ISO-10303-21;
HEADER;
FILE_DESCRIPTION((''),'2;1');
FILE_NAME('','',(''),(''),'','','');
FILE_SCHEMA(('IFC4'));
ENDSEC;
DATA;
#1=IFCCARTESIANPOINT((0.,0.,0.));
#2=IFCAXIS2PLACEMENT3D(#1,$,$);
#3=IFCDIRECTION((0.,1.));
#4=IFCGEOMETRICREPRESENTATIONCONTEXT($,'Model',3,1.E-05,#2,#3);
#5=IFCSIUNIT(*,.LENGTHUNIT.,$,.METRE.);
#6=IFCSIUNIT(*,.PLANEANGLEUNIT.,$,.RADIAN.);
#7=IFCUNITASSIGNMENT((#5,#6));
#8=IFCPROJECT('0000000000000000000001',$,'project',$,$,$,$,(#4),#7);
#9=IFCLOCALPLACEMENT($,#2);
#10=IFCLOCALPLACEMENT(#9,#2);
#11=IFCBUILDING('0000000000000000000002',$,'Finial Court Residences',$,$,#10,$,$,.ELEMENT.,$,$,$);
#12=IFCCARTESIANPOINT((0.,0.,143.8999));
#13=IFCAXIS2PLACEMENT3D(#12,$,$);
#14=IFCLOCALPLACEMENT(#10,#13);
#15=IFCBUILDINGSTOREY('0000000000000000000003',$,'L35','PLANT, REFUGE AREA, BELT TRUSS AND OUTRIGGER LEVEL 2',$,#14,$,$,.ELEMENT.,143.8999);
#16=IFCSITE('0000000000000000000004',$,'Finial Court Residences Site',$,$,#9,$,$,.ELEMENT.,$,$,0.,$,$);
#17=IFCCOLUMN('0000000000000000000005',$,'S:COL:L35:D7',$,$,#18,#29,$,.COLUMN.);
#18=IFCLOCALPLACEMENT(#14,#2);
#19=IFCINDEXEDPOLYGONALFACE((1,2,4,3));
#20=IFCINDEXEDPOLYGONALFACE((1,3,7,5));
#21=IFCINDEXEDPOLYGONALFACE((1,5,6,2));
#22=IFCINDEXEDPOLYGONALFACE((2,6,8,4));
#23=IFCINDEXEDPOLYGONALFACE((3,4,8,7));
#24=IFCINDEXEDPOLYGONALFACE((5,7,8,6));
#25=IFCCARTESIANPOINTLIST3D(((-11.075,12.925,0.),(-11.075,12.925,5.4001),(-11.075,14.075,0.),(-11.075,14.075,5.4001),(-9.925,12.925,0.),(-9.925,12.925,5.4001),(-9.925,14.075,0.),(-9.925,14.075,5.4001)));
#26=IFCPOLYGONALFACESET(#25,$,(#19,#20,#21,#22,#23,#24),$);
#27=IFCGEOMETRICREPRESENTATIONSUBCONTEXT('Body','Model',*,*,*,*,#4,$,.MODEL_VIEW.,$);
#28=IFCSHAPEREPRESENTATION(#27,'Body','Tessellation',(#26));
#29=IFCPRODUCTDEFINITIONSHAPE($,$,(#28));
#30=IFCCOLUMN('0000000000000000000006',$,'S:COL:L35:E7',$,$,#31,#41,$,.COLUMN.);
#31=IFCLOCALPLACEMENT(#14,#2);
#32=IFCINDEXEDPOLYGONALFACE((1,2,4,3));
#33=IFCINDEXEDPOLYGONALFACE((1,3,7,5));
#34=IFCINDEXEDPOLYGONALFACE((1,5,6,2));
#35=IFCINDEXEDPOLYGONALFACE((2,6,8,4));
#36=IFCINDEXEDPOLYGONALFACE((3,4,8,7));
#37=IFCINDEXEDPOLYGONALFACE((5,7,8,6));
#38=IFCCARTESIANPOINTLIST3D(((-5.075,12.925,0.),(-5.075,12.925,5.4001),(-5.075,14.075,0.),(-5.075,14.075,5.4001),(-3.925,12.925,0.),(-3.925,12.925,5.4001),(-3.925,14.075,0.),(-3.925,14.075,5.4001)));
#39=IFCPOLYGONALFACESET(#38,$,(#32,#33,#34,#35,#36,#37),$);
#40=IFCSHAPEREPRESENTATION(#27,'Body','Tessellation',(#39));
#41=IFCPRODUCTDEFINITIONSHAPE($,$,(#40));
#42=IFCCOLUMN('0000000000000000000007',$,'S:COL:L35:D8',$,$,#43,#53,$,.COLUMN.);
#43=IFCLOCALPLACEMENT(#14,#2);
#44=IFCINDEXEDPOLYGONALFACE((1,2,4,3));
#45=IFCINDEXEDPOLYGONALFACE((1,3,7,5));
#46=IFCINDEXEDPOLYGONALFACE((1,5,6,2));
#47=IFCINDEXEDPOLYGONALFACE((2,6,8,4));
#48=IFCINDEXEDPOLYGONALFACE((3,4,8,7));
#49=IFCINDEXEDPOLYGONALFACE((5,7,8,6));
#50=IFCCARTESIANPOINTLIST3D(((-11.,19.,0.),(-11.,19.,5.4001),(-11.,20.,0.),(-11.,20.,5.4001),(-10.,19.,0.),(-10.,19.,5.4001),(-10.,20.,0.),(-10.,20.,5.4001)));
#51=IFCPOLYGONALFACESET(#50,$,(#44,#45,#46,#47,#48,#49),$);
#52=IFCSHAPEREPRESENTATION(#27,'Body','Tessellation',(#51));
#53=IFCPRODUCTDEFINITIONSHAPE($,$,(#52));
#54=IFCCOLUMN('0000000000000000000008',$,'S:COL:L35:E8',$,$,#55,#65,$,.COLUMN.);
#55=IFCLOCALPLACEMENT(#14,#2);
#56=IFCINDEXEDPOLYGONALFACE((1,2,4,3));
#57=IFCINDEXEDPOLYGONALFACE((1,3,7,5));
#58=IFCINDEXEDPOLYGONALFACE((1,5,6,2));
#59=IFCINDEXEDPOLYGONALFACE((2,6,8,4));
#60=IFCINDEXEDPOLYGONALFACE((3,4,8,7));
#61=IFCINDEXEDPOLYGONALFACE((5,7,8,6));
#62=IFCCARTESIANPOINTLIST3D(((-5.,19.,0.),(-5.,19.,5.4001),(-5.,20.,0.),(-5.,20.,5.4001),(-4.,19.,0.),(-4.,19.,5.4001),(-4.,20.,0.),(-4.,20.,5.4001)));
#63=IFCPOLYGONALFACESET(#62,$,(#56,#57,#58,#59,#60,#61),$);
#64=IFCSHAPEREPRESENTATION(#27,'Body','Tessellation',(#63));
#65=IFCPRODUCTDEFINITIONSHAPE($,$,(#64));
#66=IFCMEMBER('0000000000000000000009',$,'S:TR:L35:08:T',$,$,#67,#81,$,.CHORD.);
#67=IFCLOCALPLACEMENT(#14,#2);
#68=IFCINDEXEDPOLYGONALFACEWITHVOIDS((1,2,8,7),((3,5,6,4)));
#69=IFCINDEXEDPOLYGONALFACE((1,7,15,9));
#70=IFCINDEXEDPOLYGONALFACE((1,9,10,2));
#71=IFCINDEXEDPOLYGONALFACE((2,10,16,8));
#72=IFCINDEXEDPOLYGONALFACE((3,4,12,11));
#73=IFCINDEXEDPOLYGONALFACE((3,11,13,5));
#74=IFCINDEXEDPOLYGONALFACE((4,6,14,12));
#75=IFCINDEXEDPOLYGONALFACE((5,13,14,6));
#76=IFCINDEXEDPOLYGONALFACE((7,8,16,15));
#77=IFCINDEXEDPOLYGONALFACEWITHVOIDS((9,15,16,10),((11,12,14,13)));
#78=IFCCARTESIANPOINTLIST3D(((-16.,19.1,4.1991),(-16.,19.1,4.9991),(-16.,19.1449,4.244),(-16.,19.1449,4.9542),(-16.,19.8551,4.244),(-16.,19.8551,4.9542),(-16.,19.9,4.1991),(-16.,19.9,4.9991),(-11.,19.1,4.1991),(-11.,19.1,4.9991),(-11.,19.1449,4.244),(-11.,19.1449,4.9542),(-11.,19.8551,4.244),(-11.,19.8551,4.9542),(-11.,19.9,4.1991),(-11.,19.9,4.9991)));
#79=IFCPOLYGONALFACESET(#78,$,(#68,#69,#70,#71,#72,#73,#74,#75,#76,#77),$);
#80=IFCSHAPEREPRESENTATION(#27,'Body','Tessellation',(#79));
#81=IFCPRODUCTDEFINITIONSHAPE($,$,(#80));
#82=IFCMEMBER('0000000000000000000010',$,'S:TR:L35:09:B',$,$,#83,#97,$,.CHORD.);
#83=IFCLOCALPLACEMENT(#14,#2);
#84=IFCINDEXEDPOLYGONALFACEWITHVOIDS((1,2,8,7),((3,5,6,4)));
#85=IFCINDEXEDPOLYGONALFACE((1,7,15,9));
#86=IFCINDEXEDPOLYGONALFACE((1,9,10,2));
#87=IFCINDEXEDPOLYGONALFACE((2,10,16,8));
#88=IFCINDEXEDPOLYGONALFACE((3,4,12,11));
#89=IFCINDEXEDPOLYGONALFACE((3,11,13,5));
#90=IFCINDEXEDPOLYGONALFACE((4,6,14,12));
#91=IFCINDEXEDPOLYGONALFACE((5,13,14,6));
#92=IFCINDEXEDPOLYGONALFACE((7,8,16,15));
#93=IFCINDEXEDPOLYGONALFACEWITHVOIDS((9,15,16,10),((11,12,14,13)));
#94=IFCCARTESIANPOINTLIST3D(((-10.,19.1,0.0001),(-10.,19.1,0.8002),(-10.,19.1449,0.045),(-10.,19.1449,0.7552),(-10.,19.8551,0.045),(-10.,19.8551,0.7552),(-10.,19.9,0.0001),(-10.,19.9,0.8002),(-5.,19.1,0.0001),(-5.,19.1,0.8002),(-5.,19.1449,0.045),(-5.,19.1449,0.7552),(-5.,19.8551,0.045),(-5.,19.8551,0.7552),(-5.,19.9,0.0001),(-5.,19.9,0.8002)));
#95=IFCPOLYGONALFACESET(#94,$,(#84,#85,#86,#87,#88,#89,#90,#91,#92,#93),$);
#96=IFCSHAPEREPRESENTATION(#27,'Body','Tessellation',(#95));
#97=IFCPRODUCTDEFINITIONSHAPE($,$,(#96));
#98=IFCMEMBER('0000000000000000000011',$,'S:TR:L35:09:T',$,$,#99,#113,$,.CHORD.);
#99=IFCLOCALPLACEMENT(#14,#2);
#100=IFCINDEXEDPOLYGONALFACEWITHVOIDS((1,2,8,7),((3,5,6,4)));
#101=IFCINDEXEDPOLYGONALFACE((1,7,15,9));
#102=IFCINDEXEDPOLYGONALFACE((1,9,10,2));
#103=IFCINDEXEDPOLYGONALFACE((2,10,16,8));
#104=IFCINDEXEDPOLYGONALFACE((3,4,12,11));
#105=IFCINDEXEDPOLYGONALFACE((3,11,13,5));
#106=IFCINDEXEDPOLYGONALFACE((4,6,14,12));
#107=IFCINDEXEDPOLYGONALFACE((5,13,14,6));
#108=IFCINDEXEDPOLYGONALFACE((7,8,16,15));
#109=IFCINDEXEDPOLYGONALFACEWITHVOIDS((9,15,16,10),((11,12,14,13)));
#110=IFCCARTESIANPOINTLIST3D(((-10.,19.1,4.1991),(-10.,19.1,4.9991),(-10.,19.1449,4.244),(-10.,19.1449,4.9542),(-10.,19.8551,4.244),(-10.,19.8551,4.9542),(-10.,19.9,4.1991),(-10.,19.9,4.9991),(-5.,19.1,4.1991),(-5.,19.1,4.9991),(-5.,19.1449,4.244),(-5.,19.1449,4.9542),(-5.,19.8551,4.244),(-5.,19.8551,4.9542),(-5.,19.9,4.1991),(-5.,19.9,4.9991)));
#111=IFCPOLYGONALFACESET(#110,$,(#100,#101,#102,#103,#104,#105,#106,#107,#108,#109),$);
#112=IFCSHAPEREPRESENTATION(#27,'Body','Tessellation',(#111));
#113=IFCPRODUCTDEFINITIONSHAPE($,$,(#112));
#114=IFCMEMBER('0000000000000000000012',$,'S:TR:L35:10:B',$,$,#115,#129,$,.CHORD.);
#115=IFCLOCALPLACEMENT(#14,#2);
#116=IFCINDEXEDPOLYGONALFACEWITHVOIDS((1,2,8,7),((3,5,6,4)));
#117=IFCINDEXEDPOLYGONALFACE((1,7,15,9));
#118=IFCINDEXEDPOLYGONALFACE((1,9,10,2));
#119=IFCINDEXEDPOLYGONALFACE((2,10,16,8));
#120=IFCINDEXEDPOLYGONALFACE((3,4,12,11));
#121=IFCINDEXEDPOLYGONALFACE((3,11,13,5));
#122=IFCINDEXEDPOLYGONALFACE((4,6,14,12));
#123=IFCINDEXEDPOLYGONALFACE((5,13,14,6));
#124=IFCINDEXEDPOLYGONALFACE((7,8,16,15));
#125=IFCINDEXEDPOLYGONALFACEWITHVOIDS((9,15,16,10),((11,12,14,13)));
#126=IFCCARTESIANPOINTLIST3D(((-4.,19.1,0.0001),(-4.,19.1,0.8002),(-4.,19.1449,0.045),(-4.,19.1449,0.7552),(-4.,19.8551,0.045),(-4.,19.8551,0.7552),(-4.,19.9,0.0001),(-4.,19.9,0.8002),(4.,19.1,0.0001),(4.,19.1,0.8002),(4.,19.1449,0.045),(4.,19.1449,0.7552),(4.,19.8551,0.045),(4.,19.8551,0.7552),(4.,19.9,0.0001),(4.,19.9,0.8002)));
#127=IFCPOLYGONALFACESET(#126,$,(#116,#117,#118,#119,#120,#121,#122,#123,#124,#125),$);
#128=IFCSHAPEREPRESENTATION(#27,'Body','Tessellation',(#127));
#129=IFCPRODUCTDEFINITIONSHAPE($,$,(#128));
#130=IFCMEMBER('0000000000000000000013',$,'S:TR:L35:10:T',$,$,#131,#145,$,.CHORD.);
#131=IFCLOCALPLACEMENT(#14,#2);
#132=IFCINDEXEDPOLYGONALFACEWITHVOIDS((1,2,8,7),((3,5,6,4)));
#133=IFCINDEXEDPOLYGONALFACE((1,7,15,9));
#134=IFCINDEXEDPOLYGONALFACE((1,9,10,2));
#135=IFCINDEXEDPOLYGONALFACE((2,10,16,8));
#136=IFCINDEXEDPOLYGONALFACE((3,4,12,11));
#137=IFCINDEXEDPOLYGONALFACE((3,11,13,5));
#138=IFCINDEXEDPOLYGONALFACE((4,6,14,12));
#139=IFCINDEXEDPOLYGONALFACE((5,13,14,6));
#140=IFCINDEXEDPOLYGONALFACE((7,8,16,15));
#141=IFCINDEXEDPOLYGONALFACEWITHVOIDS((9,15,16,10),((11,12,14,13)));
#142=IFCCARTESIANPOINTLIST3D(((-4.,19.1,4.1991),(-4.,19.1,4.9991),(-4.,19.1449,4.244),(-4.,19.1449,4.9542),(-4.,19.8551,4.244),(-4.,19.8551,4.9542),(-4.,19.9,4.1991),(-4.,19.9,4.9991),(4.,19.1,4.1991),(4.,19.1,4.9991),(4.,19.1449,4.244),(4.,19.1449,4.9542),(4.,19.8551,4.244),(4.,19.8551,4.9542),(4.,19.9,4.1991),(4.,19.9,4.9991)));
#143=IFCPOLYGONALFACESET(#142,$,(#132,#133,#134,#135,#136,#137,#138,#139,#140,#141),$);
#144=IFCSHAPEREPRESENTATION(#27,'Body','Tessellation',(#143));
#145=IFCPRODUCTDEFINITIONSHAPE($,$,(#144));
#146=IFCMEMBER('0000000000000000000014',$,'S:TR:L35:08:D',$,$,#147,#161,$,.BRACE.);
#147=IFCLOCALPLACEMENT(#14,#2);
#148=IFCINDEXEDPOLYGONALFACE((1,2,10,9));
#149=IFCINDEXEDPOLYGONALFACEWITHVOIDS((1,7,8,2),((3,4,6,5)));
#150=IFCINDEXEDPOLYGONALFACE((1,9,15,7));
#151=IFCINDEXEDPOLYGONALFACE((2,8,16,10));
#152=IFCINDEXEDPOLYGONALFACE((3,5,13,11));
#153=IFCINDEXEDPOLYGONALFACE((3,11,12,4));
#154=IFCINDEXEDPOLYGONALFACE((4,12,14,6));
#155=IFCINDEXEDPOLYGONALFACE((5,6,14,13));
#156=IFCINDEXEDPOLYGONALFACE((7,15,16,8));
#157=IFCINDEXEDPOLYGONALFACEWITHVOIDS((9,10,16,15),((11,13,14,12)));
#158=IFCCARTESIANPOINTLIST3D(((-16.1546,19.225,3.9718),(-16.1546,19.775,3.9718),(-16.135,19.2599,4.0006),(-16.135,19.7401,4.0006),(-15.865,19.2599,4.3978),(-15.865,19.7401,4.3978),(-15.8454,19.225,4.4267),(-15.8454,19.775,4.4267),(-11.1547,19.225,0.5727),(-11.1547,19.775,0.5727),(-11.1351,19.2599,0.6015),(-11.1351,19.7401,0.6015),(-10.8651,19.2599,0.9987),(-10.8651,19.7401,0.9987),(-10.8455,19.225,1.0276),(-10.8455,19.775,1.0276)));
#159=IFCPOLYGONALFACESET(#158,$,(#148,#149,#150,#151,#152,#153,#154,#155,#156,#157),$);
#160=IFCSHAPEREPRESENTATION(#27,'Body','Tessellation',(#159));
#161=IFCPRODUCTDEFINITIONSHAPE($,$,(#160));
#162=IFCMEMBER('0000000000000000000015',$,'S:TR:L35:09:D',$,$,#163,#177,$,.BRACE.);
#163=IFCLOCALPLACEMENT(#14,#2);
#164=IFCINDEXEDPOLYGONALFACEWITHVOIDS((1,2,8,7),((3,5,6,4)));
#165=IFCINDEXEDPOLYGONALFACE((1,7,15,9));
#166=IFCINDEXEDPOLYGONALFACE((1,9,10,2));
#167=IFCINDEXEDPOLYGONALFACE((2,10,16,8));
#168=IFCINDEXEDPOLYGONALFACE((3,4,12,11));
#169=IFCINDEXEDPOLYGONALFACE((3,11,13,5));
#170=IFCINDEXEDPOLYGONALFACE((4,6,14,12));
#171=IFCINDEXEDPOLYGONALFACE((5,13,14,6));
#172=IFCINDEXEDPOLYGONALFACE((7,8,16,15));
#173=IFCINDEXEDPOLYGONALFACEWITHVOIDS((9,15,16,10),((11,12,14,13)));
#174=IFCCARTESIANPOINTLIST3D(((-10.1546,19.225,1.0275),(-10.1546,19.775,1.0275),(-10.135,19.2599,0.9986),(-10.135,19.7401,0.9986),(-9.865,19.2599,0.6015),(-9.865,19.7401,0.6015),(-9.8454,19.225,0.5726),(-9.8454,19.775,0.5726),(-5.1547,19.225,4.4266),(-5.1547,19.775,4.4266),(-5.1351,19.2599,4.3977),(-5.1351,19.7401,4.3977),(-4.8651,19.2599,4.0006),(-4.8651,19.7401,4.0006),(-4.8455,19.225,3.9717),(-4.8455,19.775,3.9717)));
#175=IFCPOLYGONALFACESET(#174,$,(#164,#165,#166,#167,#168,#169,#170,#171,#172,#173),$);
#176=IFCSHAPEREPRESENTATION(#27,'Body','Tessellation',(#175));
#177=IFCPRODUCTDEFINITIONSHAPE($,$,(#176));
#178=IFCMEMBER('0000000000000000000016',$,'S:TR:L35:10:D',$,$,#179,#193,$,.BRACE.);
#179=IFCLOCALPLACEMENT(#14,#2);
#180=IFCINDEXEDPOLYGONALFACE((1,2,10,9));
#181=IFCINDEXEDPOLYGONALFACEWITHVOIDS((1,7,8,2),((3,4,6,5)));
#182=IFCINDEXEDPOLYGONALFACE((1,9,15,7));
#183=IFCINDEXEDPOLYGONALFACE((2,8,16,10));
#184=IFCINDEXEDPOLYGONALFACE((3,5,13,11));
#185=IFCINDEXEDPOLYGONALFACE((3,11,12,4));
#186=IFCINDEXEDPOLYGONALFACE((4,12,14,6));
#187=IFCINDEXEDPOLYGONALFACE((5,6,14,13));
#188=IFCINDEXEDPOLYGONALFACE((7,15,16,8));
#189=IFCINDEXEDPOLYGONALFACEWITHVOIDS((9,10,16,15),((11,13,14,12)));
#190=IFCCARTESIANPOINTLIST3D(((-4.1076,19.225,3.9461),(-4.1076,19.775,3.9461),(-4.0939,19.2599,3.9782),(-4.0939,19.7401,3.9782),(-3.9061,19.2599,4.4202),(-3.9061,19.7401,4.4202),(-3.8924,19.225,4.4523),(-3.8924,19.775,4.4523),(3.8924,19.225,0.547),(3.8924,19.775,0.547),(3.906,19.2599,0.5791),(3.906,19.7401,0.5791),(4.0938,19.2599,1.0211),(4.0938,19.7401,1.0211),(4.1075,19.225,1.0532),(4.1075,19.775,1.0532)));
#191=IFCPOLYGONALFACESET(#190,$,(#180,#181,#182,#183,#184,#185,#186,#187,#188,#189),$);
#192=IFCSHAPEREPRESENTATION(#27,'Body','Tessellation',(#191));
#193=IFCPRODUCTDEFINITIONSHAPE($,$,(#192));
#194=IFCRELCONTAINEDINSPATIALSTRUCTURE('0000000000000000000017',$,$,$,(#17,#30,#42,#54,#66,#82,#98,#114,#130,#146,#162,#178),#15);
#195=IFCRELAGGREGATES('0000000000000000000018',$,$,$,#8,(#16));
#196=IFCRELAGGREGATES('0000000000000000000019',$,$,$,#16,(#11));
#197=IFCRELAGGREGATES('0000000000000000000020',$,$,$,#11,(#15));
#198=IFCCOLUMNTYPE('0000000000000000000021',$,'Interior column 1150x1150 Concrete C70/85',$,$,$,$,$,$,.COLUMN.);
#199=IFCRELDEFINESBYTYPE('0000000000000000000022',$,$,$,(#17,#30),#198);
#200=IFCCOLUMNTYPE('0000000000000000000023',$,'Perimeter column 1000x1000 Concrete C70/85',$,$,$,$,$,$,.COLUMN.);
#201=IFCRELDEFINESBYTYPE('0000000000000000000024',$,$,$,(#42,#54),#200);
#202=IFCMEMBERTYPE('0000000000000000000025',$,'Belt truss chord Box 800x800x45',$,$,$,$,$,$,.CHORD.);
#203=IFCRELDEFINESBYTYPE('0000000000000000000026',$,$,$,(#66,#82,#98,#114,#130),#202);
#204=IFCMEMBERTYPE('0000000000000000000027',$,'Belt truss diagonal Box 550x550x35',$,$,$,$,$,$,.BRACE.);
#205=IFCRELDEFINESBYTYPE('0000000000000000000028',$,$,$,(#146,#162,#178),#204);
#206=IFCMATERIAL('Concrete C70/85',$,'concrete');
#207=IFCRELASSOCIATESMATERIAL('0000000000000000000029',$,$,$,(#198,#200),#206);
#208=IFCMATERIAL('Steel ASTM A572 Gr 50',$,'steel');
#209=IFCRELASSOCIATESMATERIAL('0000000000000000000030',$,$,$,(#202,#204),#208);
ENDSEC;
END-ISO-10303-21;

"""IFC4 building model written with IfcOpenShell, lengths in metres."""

from ifc_helpers import new_model, si_unit, direction, frame, origin, origin_2d, place, context, subcontext, project, spatial, rectangle, hollow_rectangle, extrude, material, material_profile, profile_set, type_object, element, save


model = new_model("IFC4")

# Units and contexts
model_context = context("Model", 3, precision=1e-05, world=origin(), true_north=direction((0.0, 1.0)))
body_context = subcontext(model_context, "Body", "Model", "MODEL_VIEW")
ifc_project = project(units=[si_unit("LENGTHUNIT", "METRE"), si_unit("PLANEANGLEUNIT", "RADIAN")], contexts=[model_context])

# Site, building, storey
site_placement = place(None, origin())
site = spatial("IfcSite", under=ifc_project, at=site_placement, Name="Finial Court Residences Site", CompositionType="ELEMENT", RefElevation=0.0)
building_placement = place(site_placement, origin())
building = spatial("IfcBuilding", under=site, at=building_placement, Name="Finial Court Residences", CompositionType="ELEMENT")
storey_placement = place(building_placement, frame((0.0, 0.0, 143.8999)))
storey = spatial("IfcBuildingStorey", under=building, at=storey_placement, Name="L35", Description="PLANT, REFUGE AREA, BELT TRUSS AND OUTRIGGER LEVEL 2", CompositionType="ELEMENT", Elevation=143.8999)

# Columns
ifc_material_1 = material(Name="Concrete C70/85", Category="concrete")
ifc_material_profile_1 = material_profile(ifc_material_1, rectangle(XDim=1.1499, YDim=1.1499, at=origin_2d()), Name="1150x1150")
ifc_profile_set_1 = profile_set([ifc_material_profile_1], Name="Concrete C70/85")
column_type_1 = type_object("IfcColumnType", Name="Interior column 1150x1150 Concrete C70/85", PredefinedType="COLUMN", material=ifc_profile_set_1)
for number, where, z_axis, x_axis, name in (
    (1, (-10.5, 13.5, 0.0), (0.0, 0.0, 1.0), (1.0, 0.0, 0.0), "S:COL:L35:D7"),
    (2, (-4.5, 13.5, 0.0), (0.0, 0.0, 1.0), (1.0, 0.0, 0.0), "S:COL:L35:E7"),
):
    element("IfcColumn", number, at=place(storey_placement, frame(where, z_axis=z_axis, x_axis=x_axis)), inside=storey, type_object=column_type_1, Name=name, PredefinedType="COLUMN", context=body_context, shape_type="SweptSolid", body=[
        extrude(rectangle(XDim=1.1499, YDim=1.1499, at=origin_2d()), origin(), (0.0, 0.0, 1.0), 5.4001),
    ])
ifc_material_profile_2 = material_profile(ifc_material_1, rectangle(XDim=1.0, YDim=1.0, at=origin_2d()), Name="1000x1000")
ifc_profile_set_2 = profile_set([ifc_material_profile_2], Name="Concrete C70/85")
column_type_2 = type_object("IfcColumnType", Name="Perimeter column 1000x1000 Concrete C70/85", PredefinedType="COLUMN", material=ifc_profile_set_2)
for number, where, z_axis, x_axis, name in (
    (3, (-10.5, 19.5, 0.0), (0.0, 0.0, 1.0), (1.0, 0.0, 0.0), "S:COL:L35:D8"),
    (4, (-4.5, 19.5, 0.0), (0.0, 0.0, 1.0), (1.0, 0.0, 0.0), "S:COL:L35:E8"),
):
    element("IfcColumn", number, at=place(storey_placement, frame(where, z_axis=z_axis, x_axis=x_axis)), inside=storey, type_object=column_type_2, Name=name, PredefinedType="COLUMN", context=body_context, shape_type="SweptSolid", body=[
        extrude(rectangle(XDim=1.0, YDim=1.0, at=origin_2d()), origin(), (0.0, 0.0, 1.0), 5.4001),
    ])

# Members
ifc_material_2 = material(Name="Steel ASTM A572 Gr 50", Category="steel")
ifc_material_profile_3 = material_profile(ifc_material_2, hollow_rectangle(XDim=0.8, YDim=0.8, WallThickness=0.0449, at=origin_2d()), Name="Box 800x800x45")
ifc_profile_set_3 = profile_set([ifc_material_profile_3], Name="Steel ASTM A572 Gr 50")
member_type_1 = type_object("IfcMemberType", Name="Belt truss chord Box 800x800x45", PredefinedType="CHORD", material=ifc_profile_set_3)
for number, where, z_axis, x_axis, name in (
    (5, (-16.0, 19.5, 4.5991), (1.0, 0.0, 0.0), (0.0, 1.0, 0.0), "S:TR:L35:08:T"),
    (6, (-10.0, 19.5, 0.4001), (1.0, 0.0, 0.0), (0.0, 1.0, 0.0), "S:TR:L35:09:B"),
    (7, (-10.0, 19.5, 4.5991), (1.0, 0.0, 0.0), (0.0, 1.0, 0.0), "S:TR:L35:09:T"),
):
    element("IfcMember", number, at=place(storey_placement, frame(where, z_axis=z_axis, x_axis=x_axis)), inside=storey, type_object=member_type_1, Name=name, PredefinedType="CHORD", context=body_context, shape_type="SweptSolid", body=[
        extrude(hollow_rectangle(XDim=0.8, YDim=0.8, WallThickness=0.0449, at=origin_2d()), origin(), (0.0, 0.0, 1.0), 5.0),
    ])
for number, where, z_axis, x_axis, name in (
    (8, (-4.0, 19.5, 0.4001), (1.0, 0.0, 0.0), (0.0, 1.0, 0.0), "S:TR:L35:10:B"),
    (9, (-4.0, 19.5, 4.5991), (1.0, 0.0, 0.0), (0.0, 1.0, 0.0), "S:TR:L35:10:T"),
):
    element("IfcMember", number, at=place(storey_placement, frame(where, z_axis=z_axis, x_axis=x_axis)), inside=storey, type_object=member_type_1, Name=name, PredefinedType="CHORD", context=body_context, shape_type="SweptSolid", body=[
        extrude(hollow_rectangle(XDim=0.8, YDim=0.8, WallThickness=0.0449, at=origin_2d()), origin(), (0.0, 0.0, 1.0), 8.0),
    ])
ifc_material_profile_4 = material_profile(ifc_material_2, hollow_rectangle(XDim=0.55, YDim=0.55, WallThickness=0.0349, at=origin_2d()), Name="Box 550x550x35")
ifc_profile_set_4 = profile_set([ifc_material_profile_4], Name="Steel ASTM A572 Gr 50")
member_type_2 = type_object("IfcMemberType", Name="Belt truss diagonal Box 550x550x35", PredefinedType="BRACE", material=ifc_profile_set_4)
for number, where, z_axis, x_axis, name in (
    (10, (-16.0, 19.5, 4.1992), (0.82699, 0.0, -0.562216), (0.0, 1.0, 0.0), "S:TR:L35:08:D"),
    (11, (-10.0, 19.5, 0.8), (0.82699, 0.0, 0.562216), (0.0, 1.0, 0.0), "S:TR:L35:09:D"),
):
    element("IfcMember", number, at=place(storey_placement, frame(where, z_axis=z_axis, x_axis=x_axis)), inside=storey, type_object=member_type_2, Name=name, PredefinedType="BRACE", context=body_context, shape_type="SweptSolid", body=[
        extrude(hollow_rectangle(XDim=0.55, YDim=0.55, WallThickness=0.0349, at=origin_2d()), origin(), (0.0, 0.0, 1.0), 6.0459),
    ])
member_placement = place(storey_placement, frame((-4.0, 19.5, 4.1992), z_axis=(0.920365, 0.0, -0.39106), x_axis=(0.0, 1.0, 0.0)))
element("IfcMember", 12, at=member_placement, inside=storey, type_object=member_type_2, Name="S:TR:L35:10:D", PredefinedType="BRACE", context=body_context, shape_type="SweptSolid", body=[
    extrude(hollow_rectangle(XDim=0.55, YDim=0.55, WallThickness=0.0349, at=origin_2d()), origin(), (0.0, 0.0, 1.0), 8.6921),
])

save(model, "model.ifc")
